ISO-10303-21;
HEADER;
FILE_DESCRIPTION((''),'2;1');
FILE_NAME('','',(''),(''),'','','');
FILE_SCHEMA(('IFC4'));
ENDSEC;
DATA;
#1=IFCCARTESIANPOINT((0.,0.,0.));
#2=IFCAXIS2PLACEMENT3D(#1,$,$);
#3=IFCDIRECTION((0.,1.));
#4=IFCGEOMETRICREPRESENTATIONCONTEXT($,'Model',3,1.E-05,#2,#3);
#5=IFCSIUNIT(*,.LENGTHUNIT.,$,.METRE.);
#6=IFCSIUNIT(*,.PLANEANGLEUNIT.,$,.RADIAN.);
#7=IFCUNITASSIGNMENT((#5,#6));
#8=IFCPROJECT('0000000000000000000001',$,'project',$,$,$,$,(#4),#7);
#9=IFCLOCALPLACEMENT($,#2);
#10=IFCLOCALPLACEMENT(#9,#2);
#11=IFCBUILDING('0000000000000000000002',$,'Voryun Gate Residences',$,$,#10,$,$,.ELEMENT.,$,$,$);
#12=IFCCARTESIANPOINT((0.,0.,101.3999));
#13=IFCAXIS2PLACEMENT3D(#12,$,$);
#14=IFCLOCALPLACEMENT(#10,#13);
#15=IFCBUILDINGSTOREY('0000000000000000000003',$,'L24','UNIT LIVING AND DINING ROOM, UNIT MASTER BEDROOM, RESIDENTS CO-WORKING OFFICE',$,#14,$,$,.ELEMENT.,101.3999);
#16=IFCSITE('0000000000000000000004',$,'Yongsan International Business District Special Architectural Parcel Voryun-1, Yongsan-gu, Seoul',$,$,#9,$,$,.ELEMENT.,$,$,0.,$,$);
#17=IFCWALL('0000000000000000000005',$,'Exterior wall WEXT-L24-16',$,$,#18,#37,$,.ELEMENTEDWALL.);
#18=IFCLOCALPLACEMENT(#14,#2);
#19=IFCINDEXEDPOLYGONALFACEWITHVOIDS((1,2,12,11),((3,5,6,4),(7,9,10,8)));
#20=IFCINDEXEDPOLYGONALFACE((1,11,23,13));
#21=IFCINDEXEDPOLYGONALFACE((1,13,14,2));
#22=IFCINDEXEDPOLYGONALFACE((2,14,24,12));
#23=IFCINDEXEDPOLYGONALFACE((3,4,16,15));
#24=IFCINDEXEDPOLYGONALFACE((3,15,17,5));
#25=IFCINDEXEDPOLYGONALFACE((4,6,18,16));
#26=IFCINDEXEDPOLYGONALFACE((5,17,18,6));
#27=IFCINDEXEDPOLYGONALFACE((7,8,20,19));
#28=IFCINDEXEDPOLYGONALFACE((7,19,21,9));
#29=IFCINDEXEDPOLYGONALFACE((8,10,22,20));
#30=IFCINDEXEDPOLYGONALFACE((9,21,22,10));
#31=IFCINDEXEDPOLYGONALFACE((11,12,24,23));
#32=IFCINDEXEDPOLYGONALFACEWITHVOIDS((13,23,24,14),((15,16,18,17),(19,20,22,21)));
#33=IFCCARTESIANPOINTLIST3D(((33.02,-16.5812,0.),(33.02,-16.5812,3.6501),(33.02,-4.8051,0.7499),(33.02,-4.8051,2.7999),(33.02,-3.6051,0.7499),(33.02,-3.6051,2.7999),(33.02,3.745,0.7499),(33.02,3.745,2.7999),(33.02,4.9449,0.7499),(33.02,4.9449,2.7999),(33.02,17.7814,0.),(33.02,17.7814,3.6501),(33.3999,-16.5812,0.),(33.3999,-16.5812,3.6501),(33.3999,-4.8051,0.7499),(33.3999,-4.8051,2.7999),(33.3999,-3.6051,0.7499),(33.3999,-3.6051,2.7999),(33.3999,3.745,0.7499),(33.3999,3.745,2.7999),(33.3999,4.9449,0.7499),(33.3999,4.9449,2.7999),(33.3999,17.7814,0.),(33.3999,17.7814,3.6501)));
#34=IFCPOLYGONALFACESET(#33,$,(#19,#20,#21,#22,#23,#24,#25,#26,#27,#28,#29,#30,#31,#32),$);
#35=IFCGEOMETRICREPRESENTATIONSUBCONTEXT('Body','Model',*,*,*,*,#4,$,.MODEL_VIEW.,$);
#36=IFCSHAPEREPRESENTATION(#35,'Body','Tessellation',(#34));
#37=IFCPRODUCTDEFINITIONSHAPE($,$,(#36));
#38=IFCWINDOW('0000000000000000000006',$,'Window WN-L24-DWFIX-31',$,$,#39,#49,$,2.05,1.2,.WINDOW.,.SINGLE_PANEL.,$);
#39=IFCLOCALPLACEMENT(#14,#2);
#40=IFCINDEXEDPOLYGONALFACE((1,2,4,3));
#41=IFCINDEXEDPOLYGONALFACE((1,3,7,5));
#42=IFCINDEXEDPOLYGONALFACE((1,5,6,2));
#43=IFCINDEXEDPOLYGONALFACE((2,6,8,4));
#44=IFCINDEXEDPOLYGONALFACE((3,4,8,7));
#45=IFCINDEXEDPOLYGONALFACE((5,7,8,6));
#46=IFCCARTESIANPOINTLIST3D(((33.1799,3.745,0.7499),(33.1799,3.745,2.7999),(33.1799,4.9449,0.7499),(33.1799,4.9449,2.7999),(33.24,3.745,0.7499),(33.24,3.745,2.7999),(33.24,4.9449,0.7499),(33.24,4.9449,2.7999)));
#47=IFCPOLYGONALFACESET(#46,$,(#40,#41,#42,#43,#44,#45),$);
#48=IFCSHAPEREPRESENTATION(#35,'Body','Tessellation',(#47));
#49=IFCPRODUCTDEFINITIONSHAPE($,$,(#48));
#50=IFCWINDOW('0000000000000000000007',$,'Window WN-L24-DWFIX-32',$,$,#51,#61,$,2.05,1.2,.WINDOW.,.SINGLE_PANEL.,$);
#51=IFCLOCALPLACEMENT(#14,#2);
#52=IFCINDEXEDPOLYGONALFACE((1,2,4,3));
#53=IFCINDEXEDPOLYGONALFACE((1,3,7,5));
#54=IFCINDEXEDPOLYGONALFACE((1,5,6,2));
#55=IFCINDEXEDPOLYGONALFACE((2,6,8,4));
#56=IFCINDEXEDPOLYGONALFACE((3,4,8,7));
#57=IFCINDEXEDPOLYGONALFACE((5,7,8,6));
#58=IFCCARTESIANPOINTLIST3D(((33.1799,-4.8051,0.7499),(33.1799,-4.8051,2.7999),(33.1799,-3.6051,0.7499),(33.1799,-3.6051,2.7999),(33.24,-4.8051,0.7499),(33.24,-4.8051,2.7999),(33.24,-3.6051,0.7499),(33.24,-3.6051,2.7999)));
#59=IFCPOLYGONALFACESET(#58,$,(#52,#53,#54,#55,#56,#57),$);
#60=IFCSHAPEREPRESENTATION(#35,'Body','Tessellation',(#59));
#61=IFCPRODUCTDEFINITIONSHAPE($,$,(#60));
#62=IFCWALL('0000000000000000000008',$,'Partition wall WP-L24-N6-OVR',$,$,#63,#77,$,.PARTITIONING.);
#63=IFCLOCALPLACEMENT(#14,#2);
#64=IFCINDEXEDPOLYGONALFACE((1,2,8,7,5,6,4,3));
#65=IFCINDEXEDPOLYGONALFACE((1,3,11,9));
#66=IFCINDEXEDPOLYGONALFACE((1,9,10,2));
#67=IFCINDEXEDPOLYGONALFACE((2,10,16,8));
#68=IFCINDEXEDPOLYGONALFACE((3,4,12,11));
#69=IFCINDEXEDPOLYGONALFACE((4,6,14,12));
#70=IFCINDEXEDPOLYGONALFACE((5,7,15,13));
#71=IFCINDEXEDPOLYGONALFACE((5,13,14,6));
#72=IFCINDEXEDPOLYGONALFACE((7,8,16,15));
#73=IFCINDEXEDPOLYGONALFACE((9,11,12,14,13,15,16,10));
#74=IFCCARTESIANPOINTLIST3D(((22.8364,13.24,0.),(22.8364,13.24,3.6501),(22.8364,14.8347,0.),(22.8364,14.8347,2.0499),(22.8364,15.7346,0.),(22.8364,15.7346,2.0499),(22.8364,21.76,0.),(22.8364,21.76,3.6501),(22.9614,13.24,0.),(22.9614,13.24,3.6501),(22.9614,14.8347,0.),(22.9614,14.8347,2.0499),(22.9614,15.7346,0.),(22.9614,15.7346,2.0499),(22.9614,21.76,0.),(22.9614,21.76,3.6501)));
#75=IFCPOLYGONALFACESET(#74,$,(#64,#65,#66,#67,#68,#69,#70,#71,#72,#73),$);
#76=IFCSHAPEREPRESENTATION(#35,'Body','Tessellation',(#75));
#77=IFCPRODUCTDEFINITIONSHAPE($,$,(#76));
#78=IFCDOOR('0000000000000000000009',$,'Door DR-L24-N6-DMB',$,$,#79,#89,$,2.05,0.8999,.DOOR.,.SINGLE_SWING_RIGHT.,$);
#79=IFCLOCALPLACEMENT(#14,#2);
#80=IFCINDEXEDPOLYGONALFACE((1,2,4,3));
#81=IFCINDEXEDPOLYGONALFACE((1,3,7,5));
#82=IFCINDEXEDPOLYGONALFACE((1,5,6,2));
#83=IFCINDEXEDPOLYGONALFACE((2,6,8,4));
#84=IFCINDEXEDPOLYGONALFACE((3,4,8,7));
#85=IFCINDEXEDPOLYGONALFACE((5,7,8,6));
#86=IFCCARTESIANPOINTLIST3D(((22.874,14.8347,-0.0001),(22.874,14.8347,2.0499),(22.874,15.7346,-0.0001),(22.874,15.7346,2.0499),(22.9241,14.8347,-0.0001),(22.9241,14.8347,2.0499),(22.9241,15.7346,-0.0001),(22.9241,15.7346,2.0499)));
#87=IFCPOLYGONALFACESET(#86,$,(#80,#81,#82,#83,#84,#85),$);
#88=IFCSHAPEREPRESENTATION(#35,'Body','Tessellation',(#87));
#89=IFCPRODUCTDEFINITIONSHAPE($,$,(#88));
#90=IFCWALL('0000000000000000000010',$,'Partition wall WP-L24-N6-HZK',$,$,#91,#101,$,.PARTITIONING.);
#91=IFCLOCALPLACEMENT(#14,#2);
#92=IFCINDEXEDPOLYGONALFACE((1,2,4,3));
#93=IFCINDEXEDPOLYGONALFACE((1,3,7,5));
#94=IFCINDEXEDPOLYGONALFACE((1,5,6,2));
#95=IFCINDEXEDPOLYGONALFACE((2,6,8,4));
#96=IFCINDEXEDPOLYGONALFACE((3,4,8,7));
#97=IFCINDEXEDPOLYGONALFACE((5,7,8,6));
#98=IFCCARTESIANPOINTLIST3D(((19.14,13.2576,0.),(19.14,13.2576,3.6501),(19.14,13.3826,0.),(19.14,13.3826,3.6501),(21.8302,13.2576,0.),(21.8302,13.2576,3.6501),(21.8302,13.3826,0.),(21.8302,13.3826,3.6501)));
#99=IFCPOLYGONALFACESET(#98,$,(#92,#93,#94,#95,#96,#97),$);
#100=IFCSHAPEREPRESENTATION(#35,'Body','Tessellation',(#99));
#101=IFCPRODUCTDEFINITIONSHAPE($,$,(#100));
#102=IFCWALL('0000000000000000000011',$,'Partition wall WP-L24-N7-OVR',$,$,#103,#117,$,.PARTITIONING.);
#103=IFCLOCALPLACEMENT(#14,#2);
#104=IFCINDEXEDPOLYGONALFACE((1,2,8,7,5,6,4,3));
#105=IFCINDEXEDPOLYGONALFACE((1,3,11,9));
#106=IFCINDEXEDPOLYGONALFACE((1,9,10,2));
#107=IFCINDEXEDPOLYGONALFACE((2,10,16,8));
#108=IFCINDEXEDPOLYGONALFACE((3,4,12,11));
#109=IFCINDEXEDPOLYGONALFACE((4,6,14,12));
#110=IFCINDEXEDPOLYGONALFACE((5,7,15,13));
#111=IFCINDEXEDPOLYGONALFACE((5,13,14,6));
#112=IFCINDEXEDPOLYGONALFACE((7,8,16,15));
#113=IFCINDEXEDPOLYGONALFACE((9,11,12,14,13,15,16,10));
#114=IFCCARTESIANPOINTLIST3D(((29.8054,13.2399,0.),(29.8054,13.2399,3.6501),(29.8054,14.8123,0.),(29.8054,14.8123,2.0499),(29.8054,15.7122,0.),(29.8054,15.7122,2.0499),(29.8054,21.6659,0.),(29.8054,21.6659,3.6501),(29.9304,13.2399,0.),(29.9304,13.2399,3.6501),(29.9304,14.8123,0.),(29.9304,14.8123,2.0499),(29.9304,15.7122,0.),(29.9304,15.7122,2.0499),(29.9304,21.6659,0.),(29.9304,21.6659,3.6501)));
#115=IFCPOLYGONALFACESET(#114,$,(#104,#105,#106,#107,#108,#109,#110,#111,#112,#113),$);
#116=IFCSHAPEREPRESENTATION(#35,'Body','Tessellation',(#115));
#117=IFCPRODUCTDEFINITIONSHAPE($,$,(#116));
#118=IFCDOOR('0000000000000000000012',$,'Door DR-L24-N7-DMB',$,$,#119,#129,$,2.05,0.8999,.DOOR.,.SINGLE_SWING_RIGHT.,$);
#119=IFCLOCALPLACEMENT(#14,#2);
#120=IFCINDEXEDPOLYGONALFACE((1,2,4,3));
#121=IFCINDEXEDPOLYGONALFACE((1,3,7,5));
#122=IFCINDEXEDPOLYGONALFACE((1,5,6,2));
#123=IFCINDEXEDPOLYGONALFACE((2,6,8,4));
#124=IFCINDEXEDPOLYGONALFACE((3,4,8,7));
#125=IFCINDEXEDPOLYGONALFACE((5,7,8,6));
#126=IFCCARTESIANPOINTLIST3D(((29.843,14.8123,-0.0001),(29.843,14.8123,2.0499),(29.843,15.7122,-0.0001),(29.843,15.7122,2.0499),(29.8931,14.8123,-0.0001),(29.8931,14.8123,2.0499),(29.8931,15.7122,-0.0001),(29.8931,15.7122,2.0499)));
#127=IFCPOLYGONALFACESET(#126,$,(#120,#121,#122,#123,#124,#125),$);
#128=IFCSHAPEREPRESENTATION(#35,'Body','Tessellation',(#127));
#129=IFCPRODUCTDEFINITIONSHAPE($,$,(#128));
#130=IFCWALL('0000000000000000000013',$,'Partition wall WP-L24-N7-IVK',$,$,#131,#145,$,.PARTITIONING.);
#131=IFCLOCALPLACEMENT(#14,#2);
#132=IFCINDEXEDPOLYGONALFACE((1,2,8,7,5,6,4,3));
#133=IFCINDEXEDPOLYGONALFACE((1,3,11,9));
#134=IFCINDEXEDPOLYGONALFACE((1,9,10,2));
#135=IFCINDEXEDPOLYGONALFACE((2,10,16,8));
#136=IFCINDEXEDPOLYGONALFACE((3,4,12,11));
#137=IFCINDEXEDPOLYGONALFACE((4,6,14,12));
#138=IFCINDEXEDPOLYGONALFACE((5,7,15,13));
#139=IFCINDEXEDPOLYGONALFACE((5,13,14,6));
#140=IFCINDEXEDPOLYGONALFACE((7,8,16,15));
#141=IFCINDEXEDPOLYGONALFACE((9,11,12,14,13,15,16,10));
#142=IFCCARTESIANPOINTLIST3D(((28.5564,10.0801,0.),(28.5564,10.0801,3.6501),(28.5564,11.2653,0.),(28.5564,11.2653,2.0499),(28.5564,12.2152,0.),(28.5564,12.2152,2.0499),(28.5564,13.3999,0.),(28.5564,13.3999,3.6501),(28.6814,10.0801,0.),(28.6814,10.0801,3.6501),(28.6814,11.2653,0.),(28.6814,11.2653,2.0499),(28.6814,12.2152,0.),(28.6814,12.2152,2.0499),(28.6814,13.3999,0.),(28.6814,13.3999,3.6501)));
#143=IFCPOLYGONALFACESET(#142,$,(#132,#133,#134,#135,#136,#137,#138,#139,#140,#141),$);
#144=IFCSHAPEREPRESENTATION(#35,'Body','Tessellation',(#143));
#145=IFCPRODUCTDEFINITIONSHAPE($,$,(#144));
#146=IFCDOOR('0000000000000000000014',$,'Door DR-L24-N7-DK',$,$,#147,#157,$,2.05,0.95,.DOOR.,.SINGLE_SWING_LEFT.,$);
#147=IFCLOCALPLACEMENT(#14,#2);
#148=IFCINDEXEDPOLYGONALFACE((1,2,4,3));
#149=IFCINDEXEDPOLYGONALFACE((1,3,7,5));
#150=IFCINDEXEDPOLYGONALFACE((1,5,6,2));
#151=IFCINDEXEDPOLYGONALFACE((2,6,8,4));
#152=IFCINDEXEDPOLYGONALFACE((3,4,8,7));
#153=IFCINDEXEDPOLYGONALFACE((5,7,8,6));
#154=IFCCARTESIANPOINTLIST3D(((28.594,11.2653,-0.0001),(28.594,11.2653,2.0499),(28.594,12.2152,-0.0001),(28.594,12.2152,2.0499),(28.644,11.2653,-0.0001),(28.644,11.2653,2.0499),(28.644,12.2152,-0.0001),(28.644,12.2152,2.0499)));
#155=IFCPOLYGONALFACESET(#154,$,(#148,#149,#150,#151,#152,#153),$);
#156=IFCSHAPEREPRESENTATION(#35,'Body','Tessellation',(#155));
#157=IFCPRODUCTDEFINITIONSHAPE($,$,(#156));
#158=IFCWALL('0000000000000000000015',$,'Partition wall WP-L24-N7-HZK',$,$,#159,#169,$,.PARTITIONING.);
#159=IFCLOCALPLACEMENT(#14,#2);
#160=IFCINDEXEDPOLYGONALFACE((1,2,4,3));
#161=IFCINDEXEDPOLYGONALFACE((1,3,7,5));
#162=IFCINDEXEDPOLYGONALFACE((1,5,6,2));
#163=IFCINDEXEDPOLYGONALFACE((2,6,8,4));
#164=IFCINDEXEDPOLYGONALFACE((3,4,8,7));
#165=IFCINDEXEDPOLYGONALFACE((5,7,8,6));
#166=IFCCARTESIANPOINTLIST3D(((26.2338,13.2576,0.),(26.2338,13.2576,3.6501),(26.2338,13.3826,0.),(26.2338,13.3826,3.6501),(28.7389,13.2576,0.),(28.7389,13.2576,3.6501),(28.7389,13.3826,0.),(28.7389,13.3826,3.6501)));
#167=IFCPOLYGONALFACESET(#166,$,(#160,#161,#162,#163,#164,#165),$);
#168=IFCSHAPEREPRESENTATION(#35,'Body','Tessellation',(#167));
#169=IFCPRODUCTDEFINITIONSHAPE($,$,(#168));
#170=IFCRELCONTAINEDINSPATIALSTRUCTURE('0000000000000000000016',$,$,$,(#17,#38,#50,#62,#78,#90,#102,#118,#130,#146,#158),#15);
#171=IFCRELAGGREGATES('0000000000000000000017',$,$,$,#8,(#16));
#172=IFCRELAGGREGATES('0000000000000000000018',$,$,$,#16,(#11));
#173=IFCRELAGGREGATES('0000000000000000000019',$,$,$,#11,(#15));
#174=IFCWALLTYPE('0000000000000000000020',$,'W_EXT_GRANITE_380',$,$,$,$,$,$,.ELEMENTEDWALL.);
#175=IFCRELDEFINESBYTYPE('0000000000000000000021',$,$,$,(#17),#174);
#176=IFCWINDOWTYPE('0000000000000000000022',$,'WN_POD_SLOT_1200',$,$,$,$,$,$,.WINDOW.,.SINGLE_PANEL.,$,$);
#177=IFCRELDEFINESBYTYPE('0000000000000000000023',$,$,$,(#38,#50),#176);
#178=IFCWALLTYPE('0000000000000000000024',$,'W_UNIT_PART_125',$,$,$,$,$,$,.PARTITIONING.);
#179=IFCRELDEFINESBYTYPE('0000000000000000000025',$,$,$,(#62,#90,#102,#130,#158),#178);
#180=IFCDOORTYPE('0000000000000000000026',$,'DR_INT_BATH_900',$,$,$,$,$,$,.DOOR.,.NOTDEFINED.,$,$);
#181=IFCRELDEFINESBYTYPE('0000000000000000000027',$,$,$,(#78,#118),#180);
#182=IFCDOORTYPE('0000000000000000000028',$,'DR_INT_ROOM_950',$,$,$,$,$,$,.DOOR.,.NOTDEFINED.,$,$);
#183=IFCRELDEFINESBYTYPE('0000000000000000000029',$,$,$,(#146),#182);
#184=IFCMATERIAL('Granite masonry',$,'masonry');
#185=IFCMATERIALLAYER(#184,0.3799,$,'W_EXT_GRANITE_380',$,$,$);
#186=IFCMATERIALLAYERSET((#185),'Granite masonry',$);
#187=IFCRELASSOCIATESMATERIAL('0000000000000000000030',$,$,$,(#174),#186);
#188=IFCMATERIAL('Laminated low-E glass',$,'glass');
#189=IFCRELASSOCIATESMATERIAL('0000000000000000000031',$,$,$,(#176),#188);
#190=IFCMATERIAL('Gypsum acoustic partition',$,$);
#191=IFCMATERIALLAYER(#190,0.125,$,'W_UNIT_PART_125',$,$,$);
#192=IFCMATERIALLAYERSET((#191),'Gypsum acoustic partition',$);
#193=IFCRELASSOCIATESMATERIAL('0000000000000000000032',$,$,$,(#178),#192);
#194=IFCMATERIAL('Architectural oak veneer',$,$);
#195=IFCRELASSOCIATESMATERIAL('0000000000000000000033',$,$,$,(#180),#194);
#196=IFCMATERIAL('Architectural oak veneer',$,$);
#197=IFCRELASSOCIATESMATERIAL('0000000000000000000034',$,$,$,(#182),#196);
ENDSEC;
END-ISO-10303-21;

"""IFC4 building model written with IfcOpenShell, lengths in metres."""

from ifc_helpers import new_model, si_unit, direction, frame, frame_2d, origin, place, context, subcontext, project, spatial, rectangle, extrude, material, layer, layer_set, type_object, element, fill, save


model = new_model("IFC4")

# Units and contexts
model_context = context("Model", 3, precision=1e-05, world=origin(), true_north=direction((0.0, 1.0)))
body_context = subcontext(model_context, "Body", "Model", "MODEL_VIEW")
ifc_project = project(units=[si_unit("LENGTHUNIT", "METRE"), si_unit("PLANEANGLEUNIT", "RADIAN")], contexts=[model_context])

# Site, building, storey
site_placement = place(None, origin())
site = spatial("IfcSite", under=ifc_project, at=site_placement, Name="Yongsan International Business District Special Architectural Parcel Voryun-1, Yongsan-gu, Seoul", CompositionType="ELEMENT", RefElevation=0.0)
building_placement = place(site_placement, origin())
building = spatial("IfcBuilding", under=site, at=building_placement, Name="Voryun Gate Residences", CompositionType="ELEMENT")
storey_placement = place(building_placement, frame((0.0, 0.0, 101.3999)))
storey = spatial("IfcBuildingStorey", under=building, at=storey_placement, Name="L24", Description="UNIT LIVING AND DINING ROOM, UNIT MASTER BEDROOM, RESIDENTS CO-WORKING OFFICE", CompositionType="ELEMENT", Elevation=101.3999)

# Shared definitions
ifc_material_1 = material(Name="Granite masonry", Category="masonry")
ifc_layer_1 = layer(ifc_material_1, 0.3799, Name="W_EXT_GRANITE_380")
ifc_layer_set_1 = layer_set([ifc_layer_1], Name="Granite masonry")
wall_type_1 = type_object("IfcWallType", Name="W_EXT_GRANITE_380", PredefinedType="ELEMENTEDWALL", material=ifc_layer_set_1)

# Wall, openings, windows
wall_1_placement = place(storey_placement, frame((33.21, 17.7812, 0.0), z_axis=(0.0, 0.0, 1.0), x_axis=(0.0, -1.0, 0.0)))
wall_1 = element("IfcWall", 1, at=wall_1_placement, inside=storey, type_object=wall_type_1, Name="Exterior wall WEXT-L24-16", PredefinedType="ELEMENTEDWALL", context=body_context, shape_type="SweptSolid", body=[
    extrude(rectangle(XDim=34.3625, YDim=0.3799, at=frame_2d((17.1812, 0.0))), origin(), (0.0, 0.0, 1.0), 3.6501),
])
opening_1_placement = place(wall_1_placement, frame((12.8362, 0.0, 0.75)))
opening_1 = element("IfcOpeningElement", 2, at=opening_1_placement, cuts=wall_1, PredefinedType="OPENING", context=body_context, shape_type="SweptSolid", body=[
    extrude(rectangle(XDim=1.2, YDim=2.05, at=frame_2d((0.6001, 1.0249))), frame((0.0, 0.2, 0.0), z_axis=(0.0, -1.0, 0.0), x_axis=(1.0, 0.0, 0.0)), (0.0, 0.0, 1.0), 0.3999),
])
opening_2_placement = place(wall_1_placement, frame((21.3862, 0.0, 0.75)))
opening_2 = element("IfcOpeningElement", 3, at=opening_2_placement, cuts=wall_1, PredefinedType="OPENING", context=body_context, shape_type="SweptSolid", body=[
    extrude(rectangle(XDim=1.2, YDim=2.05, at=frame_2d((0.6001, 1.0249))), frame((0.0, 0.2, 0.0), z_axis=(0.0, -1.0, 0.0), x_axis=(1.0, 0.0, 0.0)), (0.0, 0.0, 1.0), 0.3999),
])
ifc_material_2 = material(Name="Laminated low-E glass", Category="glass")
window_type_1 = type_object("IfcWindowType", Name="WN_POD_SLOT_1200", PartitioningType="SINGLE_PANEL", PredefinedType="WINDOW", material=ifc_material_2)
window_1_placement = place(opening_1_placement, origin())
window_1 = element("IfcWindow", 4, at=window_1_placement, inside=storey, type_object=window_type_1, Name="Window WN-L24-DWFIX-31", OverallHeight=2.05, OverallWidth=1.2, PartitioningType="SINGLE_PANEL", PredefinedType="WINDOW", context=body_context, shape_type="SweptSolid", body=[
    extrude(rectangle(XDim=1.2, YDim=2.05, at=frame_2d((0.6001, 1.0249))), frame((0.0, 0.03, 0.0), z_axis=(0.0, -1.0, 0.0), x_axis=(1.0, 0.0, 0.0)), (0.0, 0.0, 1.0), 0.0601),
])
fill(opening_1, window_1)
window_2_placement = place(opening_2_placement, origin())
window_2 = element("IfcWindow", 5, at=window_2_placement, inside=storey, type_object=window_type_1, Name="Window WN-L24-DWFIX-32", OverallHeight=2.05, OverallWidth=1.2, PartitioningType="SINGLE_PANEL", PredefinedType="WINDOW", context=body_context, shape_type="SweptSolid", body=[
    extrude(rectangle(XDim=1.2, YDim=2.05, at=frame_2d((0.6001, 1.0249))), frame((0.0, 0.03, 0.0), z_axis=(0.0, -1.0, 0.0), x_axis=(1.0, 0.0, 0.0)), (0.0, 0.0, 1.0), 0.0601),
])
fill(opening_2, window_2)

# Wall, opening, door
ifc_material_3 = material(Name="Gypsum acoustic partition")
ifc_layer_2 = layer(ifc_material_3, 0.125, Name="W_UNIT_PART_125")
ifc_layer_set_2 = layer_set([ifc_layer_2], Name="Gypsum acoustic partition")
wall_type_2 = type_object("IfcWallType", Name="W_UNIT_PART_125", PredefinedType="PARTITIONING", material=ifc_layer_set_2)
wall_2_placement = place(storey_placement, frame((22.8989, 13.24, 0.0), z_axis=(0.0, 0.0, 1.0), x_axis=(0.0, 1.0, 0.0)))
wall_2 = element("IfcWall", 6, at=wall_2_placement, inside=storey, type_object=wall_type_2, Name="Partition wall WP-L24-N6-OVR", PredefinedType="PARTITIONING", context=body_context, shape_type="SweptSolid", body=[
    extrude(rectangle(XDim=8.52, YDim=0.125, at=frame_2d((4.26, 0.0))), origin(), (0.0, 0.0, 1.0), 3.6501),
])
opening_3_placement = place(wall_2_placement, frame((1.5947, 0.0, 0.0)))
opening_3 = element("IfcOpeningElement", 7, at=opening_3_placement, cuts=wall_2, PredefinedType="OPENING", context=body_context, shape_type="SweptSolid", body=[
    extrude(rectangle(XDim=0.8999, YDim=2.05, at=frame_2d((0.45, 1.0249))), frame((0.0, 0.0725, 0.0), z_axis=(0.0, -1.0, 0.0), x_axis=(1.0, 0.0, 0.0)), (0.0, 0.0, 1.0), 0.145),
])
ifc_material_4 = material(Name="Architectural oak veneer")
door_type_1 = type_object("IfcDoorType", Name="DR_INT_BATH_900", OperationType="NOTDEFINED", PredefinedType="DOOR", material=ifc_material_4)
door_1_placement = place(opening_3_placement, origin())
door_1 = element("IfcDoor", 8, at=door_1_placement, inside=storey, type_object=door_type_1, Name="Door DR-L24-N6-DMB", OperationType="SINGLE_SWING_RIGHT", OverallHeight=2.05, OverallWidth=0.8999, PredefinedType="DOOR", context=body_context, shape_type="SweptSolid", body=[
    extrude(rectangle(XDim=0.8999, YDim=2.05, at=frame_2d((0.45, 1.0249))), frame((0.0, 0.0249, 0.0), z_axis=(0.0, -1.0, 0.0), x_axis=(1.0, 0.0, 0.0)), (0.0, 0.0, 1.0), 0.05),
])
fill(opening_3, door_1)

# Wall
wall_3_placement = place(storey_placement, frame((19.1399, 13.3201, 0.0), z_axis=(0.0, 0.0, 1.0), x_axis=(1.0, 0.0, 0.0)))
element("IfcWall", 9, at=wall_3_placement, inside=storey, type_object=wall_type_2, Name="Partition wall WP-L24-N6-HZK", PredefinedType="PARTITIONING", context=body_context, shape_type="SweptSolid", body=[
    extrude(rectangle(XDim=2.6902, YDim=0.125, at=frame_2d((1.3452, 0.0))), origin(), (0.0, 0.0, 1.0), 3.6501),
])

# Walls, openings, doors
wall_4_placement = place(storey_placement, frame((29.8679, 13.24, 0.0), z_axis=(0.0, 0.0, 1.0), x_axis=(0.0, 1.0, 0.0)))
wall_4 = element("IfcWall", 10, at=wall_4_placement, inside=storey, type_object=wall_type_2, Name="Partition wall WP-L24-N7-OVR", PredefinedType="PARTITIONING", context=body_context, shape_type="SweptSolid", body=[
    extrude(rectangle(XDim=8.426, YDim=0.125, at=frame_2d((4.2129, 0.0))), origin(), (0.0, 0.0, 1.0), 3.6501),
])
opening_4_placement = place(wall_4_placement, frame((1.5723, 0.0, 0.0)))
opening_4 = element("IfcOpeningElement", 11, at=opening_4_placement, cuts=wall_4, PredefinedType="OPENING", context=body_context, shape_type="SweptSolid", body=[
    extrude(rectangle(XDim=0.8999, YDim=2.05, at=frame_2d((0.45, 1.0249))), frame((0.0, 0.0725, 0.0), z_axis=(0.0, -1.0, 0.0), x_axis=(1.0, 0.0, 0.0)), (0.0, 0.0, 1.0), 0.145),
])
door_2_placement = place(opening_4_placement, origin())
door_2 = element("IfcDoor", 12, at=door_2_placement, inside=storey, type_object=door_type_1, Name="Door DR-L24-N7-DMB", OperationType="SINGLE_SWING_RIGHT", OverallHeight=2.05, OverallWidth=0.8999, PredefinedType="DOOR", context=body_context, shape_type="SweptSolid", body=[
    extrude(rectangle(XDim=0.8999, YDim=2.05, at=frame_2d((0.45, 1.0249))), frame((0.0, 0.0249, 0.0), z_axis=(0.0, -1.0, 0.0), x_axis=(1.0, 0.0, 0.0)), (0.0, 0.0, 1.0), 0.05),
])
fill(opening_4, door_2)
wall_5_placement = place(storey_placement, frame((28.6189, 10.0801, 0.0), z_axis=(0.0, 0.0, 1.0), x_axis=(0.0, 1.0, 0.0)))
wall_5 = element("IfcWall", 13, at=wall_5_placement, inside=storey, type_object=wall_type_2, Name="Partition wall WP-L24-N7-IVK", PredefinedType="PARTITIONING", context=body_context, shape_type="SweptSolid", body=[
    extrude(rectangle(XDim=3.3198, YDim=0.125, at=frame_2d((1.6599, 0.0))), origin(), (0.0, 0.0, 1.0), 3.6501),
])
opening_5_placement = place(wall_5_placement, frame((1.1851, 0.0, 0.0)))
opening_5 = element("IfcOpeningElement", 14, at=opening_5_placement, cuts=wall_5, PredefinedType="OPENING", context=body_context, shape_type="SweptSolid", body=[
    extrude(rectangle(XDim=0.95, YDim=2.05, at=frame_2d((0.4751, 1.0249))), frame((0.0, 0.0725, 0.0), z_axis=(0.0, -1.0, 0.0), x_axis=(1.0, 0.0, 0.0)), (0.0, 0.0, 1.0), 0.145),
])
ifc_material_5 = material(Name="Architectural oak veneer")
door_type_2 = type_object("IfcDoorType", Name="DR_INT_ROOM_950", OperationType="NOTDEFINED", PredefinedType="DOOR", material=ifc_material_5)
door_3_placement = place(opening_5_placement, origin())
door_3 = element("IfcDoor", 15, at=door_3_placement, inside=storey, type_object=door_type_2, Name="Door DR-L24-N7-DK", OperationType="SINGLE_SWING_LEFT", OverallHeight=2.05, OverallWidth=0.95, PredefinedType="DOOR", context=body_context, shape_type="SweptSolid", body=[
    extrude(rectangle(XDim=0.95, YDim=2.05, at=frame_2d((0.4751, 1.0249))), frame((0.0, 0.0249, 0.0), z_axis=(0.0, -1.0, 0.0), x_axis=(1.0, 0.0, 0.0)), (0.0, 0.0, 1.0), 0.05),
])
fill(opening_5, door_3)

# Wall
wall_6_placement = place(storey_placement, frame((26.2339, 13.3201, 0.0), z_axis=(0.0, 0.0, 1.0), x_axis=(1.0, 0.0, 0.0)))
element("IfcWall", 16, at=wall_6_placement, inside=storey, type_object=wall_type_2, Name="Partition wall WP-L24-N7-HZK", PredefinedType="PARTITIONING", context=body_context, shape_type="SweptSolid", body=[
    extrude(rectangle(XDim=2.5051, YDim=0.125, at=frame_2d((1.2524, 0.0))), origin(), (0.0, 0.0, 1.0), 3.6501),
])

save(model, "model.ifc")
